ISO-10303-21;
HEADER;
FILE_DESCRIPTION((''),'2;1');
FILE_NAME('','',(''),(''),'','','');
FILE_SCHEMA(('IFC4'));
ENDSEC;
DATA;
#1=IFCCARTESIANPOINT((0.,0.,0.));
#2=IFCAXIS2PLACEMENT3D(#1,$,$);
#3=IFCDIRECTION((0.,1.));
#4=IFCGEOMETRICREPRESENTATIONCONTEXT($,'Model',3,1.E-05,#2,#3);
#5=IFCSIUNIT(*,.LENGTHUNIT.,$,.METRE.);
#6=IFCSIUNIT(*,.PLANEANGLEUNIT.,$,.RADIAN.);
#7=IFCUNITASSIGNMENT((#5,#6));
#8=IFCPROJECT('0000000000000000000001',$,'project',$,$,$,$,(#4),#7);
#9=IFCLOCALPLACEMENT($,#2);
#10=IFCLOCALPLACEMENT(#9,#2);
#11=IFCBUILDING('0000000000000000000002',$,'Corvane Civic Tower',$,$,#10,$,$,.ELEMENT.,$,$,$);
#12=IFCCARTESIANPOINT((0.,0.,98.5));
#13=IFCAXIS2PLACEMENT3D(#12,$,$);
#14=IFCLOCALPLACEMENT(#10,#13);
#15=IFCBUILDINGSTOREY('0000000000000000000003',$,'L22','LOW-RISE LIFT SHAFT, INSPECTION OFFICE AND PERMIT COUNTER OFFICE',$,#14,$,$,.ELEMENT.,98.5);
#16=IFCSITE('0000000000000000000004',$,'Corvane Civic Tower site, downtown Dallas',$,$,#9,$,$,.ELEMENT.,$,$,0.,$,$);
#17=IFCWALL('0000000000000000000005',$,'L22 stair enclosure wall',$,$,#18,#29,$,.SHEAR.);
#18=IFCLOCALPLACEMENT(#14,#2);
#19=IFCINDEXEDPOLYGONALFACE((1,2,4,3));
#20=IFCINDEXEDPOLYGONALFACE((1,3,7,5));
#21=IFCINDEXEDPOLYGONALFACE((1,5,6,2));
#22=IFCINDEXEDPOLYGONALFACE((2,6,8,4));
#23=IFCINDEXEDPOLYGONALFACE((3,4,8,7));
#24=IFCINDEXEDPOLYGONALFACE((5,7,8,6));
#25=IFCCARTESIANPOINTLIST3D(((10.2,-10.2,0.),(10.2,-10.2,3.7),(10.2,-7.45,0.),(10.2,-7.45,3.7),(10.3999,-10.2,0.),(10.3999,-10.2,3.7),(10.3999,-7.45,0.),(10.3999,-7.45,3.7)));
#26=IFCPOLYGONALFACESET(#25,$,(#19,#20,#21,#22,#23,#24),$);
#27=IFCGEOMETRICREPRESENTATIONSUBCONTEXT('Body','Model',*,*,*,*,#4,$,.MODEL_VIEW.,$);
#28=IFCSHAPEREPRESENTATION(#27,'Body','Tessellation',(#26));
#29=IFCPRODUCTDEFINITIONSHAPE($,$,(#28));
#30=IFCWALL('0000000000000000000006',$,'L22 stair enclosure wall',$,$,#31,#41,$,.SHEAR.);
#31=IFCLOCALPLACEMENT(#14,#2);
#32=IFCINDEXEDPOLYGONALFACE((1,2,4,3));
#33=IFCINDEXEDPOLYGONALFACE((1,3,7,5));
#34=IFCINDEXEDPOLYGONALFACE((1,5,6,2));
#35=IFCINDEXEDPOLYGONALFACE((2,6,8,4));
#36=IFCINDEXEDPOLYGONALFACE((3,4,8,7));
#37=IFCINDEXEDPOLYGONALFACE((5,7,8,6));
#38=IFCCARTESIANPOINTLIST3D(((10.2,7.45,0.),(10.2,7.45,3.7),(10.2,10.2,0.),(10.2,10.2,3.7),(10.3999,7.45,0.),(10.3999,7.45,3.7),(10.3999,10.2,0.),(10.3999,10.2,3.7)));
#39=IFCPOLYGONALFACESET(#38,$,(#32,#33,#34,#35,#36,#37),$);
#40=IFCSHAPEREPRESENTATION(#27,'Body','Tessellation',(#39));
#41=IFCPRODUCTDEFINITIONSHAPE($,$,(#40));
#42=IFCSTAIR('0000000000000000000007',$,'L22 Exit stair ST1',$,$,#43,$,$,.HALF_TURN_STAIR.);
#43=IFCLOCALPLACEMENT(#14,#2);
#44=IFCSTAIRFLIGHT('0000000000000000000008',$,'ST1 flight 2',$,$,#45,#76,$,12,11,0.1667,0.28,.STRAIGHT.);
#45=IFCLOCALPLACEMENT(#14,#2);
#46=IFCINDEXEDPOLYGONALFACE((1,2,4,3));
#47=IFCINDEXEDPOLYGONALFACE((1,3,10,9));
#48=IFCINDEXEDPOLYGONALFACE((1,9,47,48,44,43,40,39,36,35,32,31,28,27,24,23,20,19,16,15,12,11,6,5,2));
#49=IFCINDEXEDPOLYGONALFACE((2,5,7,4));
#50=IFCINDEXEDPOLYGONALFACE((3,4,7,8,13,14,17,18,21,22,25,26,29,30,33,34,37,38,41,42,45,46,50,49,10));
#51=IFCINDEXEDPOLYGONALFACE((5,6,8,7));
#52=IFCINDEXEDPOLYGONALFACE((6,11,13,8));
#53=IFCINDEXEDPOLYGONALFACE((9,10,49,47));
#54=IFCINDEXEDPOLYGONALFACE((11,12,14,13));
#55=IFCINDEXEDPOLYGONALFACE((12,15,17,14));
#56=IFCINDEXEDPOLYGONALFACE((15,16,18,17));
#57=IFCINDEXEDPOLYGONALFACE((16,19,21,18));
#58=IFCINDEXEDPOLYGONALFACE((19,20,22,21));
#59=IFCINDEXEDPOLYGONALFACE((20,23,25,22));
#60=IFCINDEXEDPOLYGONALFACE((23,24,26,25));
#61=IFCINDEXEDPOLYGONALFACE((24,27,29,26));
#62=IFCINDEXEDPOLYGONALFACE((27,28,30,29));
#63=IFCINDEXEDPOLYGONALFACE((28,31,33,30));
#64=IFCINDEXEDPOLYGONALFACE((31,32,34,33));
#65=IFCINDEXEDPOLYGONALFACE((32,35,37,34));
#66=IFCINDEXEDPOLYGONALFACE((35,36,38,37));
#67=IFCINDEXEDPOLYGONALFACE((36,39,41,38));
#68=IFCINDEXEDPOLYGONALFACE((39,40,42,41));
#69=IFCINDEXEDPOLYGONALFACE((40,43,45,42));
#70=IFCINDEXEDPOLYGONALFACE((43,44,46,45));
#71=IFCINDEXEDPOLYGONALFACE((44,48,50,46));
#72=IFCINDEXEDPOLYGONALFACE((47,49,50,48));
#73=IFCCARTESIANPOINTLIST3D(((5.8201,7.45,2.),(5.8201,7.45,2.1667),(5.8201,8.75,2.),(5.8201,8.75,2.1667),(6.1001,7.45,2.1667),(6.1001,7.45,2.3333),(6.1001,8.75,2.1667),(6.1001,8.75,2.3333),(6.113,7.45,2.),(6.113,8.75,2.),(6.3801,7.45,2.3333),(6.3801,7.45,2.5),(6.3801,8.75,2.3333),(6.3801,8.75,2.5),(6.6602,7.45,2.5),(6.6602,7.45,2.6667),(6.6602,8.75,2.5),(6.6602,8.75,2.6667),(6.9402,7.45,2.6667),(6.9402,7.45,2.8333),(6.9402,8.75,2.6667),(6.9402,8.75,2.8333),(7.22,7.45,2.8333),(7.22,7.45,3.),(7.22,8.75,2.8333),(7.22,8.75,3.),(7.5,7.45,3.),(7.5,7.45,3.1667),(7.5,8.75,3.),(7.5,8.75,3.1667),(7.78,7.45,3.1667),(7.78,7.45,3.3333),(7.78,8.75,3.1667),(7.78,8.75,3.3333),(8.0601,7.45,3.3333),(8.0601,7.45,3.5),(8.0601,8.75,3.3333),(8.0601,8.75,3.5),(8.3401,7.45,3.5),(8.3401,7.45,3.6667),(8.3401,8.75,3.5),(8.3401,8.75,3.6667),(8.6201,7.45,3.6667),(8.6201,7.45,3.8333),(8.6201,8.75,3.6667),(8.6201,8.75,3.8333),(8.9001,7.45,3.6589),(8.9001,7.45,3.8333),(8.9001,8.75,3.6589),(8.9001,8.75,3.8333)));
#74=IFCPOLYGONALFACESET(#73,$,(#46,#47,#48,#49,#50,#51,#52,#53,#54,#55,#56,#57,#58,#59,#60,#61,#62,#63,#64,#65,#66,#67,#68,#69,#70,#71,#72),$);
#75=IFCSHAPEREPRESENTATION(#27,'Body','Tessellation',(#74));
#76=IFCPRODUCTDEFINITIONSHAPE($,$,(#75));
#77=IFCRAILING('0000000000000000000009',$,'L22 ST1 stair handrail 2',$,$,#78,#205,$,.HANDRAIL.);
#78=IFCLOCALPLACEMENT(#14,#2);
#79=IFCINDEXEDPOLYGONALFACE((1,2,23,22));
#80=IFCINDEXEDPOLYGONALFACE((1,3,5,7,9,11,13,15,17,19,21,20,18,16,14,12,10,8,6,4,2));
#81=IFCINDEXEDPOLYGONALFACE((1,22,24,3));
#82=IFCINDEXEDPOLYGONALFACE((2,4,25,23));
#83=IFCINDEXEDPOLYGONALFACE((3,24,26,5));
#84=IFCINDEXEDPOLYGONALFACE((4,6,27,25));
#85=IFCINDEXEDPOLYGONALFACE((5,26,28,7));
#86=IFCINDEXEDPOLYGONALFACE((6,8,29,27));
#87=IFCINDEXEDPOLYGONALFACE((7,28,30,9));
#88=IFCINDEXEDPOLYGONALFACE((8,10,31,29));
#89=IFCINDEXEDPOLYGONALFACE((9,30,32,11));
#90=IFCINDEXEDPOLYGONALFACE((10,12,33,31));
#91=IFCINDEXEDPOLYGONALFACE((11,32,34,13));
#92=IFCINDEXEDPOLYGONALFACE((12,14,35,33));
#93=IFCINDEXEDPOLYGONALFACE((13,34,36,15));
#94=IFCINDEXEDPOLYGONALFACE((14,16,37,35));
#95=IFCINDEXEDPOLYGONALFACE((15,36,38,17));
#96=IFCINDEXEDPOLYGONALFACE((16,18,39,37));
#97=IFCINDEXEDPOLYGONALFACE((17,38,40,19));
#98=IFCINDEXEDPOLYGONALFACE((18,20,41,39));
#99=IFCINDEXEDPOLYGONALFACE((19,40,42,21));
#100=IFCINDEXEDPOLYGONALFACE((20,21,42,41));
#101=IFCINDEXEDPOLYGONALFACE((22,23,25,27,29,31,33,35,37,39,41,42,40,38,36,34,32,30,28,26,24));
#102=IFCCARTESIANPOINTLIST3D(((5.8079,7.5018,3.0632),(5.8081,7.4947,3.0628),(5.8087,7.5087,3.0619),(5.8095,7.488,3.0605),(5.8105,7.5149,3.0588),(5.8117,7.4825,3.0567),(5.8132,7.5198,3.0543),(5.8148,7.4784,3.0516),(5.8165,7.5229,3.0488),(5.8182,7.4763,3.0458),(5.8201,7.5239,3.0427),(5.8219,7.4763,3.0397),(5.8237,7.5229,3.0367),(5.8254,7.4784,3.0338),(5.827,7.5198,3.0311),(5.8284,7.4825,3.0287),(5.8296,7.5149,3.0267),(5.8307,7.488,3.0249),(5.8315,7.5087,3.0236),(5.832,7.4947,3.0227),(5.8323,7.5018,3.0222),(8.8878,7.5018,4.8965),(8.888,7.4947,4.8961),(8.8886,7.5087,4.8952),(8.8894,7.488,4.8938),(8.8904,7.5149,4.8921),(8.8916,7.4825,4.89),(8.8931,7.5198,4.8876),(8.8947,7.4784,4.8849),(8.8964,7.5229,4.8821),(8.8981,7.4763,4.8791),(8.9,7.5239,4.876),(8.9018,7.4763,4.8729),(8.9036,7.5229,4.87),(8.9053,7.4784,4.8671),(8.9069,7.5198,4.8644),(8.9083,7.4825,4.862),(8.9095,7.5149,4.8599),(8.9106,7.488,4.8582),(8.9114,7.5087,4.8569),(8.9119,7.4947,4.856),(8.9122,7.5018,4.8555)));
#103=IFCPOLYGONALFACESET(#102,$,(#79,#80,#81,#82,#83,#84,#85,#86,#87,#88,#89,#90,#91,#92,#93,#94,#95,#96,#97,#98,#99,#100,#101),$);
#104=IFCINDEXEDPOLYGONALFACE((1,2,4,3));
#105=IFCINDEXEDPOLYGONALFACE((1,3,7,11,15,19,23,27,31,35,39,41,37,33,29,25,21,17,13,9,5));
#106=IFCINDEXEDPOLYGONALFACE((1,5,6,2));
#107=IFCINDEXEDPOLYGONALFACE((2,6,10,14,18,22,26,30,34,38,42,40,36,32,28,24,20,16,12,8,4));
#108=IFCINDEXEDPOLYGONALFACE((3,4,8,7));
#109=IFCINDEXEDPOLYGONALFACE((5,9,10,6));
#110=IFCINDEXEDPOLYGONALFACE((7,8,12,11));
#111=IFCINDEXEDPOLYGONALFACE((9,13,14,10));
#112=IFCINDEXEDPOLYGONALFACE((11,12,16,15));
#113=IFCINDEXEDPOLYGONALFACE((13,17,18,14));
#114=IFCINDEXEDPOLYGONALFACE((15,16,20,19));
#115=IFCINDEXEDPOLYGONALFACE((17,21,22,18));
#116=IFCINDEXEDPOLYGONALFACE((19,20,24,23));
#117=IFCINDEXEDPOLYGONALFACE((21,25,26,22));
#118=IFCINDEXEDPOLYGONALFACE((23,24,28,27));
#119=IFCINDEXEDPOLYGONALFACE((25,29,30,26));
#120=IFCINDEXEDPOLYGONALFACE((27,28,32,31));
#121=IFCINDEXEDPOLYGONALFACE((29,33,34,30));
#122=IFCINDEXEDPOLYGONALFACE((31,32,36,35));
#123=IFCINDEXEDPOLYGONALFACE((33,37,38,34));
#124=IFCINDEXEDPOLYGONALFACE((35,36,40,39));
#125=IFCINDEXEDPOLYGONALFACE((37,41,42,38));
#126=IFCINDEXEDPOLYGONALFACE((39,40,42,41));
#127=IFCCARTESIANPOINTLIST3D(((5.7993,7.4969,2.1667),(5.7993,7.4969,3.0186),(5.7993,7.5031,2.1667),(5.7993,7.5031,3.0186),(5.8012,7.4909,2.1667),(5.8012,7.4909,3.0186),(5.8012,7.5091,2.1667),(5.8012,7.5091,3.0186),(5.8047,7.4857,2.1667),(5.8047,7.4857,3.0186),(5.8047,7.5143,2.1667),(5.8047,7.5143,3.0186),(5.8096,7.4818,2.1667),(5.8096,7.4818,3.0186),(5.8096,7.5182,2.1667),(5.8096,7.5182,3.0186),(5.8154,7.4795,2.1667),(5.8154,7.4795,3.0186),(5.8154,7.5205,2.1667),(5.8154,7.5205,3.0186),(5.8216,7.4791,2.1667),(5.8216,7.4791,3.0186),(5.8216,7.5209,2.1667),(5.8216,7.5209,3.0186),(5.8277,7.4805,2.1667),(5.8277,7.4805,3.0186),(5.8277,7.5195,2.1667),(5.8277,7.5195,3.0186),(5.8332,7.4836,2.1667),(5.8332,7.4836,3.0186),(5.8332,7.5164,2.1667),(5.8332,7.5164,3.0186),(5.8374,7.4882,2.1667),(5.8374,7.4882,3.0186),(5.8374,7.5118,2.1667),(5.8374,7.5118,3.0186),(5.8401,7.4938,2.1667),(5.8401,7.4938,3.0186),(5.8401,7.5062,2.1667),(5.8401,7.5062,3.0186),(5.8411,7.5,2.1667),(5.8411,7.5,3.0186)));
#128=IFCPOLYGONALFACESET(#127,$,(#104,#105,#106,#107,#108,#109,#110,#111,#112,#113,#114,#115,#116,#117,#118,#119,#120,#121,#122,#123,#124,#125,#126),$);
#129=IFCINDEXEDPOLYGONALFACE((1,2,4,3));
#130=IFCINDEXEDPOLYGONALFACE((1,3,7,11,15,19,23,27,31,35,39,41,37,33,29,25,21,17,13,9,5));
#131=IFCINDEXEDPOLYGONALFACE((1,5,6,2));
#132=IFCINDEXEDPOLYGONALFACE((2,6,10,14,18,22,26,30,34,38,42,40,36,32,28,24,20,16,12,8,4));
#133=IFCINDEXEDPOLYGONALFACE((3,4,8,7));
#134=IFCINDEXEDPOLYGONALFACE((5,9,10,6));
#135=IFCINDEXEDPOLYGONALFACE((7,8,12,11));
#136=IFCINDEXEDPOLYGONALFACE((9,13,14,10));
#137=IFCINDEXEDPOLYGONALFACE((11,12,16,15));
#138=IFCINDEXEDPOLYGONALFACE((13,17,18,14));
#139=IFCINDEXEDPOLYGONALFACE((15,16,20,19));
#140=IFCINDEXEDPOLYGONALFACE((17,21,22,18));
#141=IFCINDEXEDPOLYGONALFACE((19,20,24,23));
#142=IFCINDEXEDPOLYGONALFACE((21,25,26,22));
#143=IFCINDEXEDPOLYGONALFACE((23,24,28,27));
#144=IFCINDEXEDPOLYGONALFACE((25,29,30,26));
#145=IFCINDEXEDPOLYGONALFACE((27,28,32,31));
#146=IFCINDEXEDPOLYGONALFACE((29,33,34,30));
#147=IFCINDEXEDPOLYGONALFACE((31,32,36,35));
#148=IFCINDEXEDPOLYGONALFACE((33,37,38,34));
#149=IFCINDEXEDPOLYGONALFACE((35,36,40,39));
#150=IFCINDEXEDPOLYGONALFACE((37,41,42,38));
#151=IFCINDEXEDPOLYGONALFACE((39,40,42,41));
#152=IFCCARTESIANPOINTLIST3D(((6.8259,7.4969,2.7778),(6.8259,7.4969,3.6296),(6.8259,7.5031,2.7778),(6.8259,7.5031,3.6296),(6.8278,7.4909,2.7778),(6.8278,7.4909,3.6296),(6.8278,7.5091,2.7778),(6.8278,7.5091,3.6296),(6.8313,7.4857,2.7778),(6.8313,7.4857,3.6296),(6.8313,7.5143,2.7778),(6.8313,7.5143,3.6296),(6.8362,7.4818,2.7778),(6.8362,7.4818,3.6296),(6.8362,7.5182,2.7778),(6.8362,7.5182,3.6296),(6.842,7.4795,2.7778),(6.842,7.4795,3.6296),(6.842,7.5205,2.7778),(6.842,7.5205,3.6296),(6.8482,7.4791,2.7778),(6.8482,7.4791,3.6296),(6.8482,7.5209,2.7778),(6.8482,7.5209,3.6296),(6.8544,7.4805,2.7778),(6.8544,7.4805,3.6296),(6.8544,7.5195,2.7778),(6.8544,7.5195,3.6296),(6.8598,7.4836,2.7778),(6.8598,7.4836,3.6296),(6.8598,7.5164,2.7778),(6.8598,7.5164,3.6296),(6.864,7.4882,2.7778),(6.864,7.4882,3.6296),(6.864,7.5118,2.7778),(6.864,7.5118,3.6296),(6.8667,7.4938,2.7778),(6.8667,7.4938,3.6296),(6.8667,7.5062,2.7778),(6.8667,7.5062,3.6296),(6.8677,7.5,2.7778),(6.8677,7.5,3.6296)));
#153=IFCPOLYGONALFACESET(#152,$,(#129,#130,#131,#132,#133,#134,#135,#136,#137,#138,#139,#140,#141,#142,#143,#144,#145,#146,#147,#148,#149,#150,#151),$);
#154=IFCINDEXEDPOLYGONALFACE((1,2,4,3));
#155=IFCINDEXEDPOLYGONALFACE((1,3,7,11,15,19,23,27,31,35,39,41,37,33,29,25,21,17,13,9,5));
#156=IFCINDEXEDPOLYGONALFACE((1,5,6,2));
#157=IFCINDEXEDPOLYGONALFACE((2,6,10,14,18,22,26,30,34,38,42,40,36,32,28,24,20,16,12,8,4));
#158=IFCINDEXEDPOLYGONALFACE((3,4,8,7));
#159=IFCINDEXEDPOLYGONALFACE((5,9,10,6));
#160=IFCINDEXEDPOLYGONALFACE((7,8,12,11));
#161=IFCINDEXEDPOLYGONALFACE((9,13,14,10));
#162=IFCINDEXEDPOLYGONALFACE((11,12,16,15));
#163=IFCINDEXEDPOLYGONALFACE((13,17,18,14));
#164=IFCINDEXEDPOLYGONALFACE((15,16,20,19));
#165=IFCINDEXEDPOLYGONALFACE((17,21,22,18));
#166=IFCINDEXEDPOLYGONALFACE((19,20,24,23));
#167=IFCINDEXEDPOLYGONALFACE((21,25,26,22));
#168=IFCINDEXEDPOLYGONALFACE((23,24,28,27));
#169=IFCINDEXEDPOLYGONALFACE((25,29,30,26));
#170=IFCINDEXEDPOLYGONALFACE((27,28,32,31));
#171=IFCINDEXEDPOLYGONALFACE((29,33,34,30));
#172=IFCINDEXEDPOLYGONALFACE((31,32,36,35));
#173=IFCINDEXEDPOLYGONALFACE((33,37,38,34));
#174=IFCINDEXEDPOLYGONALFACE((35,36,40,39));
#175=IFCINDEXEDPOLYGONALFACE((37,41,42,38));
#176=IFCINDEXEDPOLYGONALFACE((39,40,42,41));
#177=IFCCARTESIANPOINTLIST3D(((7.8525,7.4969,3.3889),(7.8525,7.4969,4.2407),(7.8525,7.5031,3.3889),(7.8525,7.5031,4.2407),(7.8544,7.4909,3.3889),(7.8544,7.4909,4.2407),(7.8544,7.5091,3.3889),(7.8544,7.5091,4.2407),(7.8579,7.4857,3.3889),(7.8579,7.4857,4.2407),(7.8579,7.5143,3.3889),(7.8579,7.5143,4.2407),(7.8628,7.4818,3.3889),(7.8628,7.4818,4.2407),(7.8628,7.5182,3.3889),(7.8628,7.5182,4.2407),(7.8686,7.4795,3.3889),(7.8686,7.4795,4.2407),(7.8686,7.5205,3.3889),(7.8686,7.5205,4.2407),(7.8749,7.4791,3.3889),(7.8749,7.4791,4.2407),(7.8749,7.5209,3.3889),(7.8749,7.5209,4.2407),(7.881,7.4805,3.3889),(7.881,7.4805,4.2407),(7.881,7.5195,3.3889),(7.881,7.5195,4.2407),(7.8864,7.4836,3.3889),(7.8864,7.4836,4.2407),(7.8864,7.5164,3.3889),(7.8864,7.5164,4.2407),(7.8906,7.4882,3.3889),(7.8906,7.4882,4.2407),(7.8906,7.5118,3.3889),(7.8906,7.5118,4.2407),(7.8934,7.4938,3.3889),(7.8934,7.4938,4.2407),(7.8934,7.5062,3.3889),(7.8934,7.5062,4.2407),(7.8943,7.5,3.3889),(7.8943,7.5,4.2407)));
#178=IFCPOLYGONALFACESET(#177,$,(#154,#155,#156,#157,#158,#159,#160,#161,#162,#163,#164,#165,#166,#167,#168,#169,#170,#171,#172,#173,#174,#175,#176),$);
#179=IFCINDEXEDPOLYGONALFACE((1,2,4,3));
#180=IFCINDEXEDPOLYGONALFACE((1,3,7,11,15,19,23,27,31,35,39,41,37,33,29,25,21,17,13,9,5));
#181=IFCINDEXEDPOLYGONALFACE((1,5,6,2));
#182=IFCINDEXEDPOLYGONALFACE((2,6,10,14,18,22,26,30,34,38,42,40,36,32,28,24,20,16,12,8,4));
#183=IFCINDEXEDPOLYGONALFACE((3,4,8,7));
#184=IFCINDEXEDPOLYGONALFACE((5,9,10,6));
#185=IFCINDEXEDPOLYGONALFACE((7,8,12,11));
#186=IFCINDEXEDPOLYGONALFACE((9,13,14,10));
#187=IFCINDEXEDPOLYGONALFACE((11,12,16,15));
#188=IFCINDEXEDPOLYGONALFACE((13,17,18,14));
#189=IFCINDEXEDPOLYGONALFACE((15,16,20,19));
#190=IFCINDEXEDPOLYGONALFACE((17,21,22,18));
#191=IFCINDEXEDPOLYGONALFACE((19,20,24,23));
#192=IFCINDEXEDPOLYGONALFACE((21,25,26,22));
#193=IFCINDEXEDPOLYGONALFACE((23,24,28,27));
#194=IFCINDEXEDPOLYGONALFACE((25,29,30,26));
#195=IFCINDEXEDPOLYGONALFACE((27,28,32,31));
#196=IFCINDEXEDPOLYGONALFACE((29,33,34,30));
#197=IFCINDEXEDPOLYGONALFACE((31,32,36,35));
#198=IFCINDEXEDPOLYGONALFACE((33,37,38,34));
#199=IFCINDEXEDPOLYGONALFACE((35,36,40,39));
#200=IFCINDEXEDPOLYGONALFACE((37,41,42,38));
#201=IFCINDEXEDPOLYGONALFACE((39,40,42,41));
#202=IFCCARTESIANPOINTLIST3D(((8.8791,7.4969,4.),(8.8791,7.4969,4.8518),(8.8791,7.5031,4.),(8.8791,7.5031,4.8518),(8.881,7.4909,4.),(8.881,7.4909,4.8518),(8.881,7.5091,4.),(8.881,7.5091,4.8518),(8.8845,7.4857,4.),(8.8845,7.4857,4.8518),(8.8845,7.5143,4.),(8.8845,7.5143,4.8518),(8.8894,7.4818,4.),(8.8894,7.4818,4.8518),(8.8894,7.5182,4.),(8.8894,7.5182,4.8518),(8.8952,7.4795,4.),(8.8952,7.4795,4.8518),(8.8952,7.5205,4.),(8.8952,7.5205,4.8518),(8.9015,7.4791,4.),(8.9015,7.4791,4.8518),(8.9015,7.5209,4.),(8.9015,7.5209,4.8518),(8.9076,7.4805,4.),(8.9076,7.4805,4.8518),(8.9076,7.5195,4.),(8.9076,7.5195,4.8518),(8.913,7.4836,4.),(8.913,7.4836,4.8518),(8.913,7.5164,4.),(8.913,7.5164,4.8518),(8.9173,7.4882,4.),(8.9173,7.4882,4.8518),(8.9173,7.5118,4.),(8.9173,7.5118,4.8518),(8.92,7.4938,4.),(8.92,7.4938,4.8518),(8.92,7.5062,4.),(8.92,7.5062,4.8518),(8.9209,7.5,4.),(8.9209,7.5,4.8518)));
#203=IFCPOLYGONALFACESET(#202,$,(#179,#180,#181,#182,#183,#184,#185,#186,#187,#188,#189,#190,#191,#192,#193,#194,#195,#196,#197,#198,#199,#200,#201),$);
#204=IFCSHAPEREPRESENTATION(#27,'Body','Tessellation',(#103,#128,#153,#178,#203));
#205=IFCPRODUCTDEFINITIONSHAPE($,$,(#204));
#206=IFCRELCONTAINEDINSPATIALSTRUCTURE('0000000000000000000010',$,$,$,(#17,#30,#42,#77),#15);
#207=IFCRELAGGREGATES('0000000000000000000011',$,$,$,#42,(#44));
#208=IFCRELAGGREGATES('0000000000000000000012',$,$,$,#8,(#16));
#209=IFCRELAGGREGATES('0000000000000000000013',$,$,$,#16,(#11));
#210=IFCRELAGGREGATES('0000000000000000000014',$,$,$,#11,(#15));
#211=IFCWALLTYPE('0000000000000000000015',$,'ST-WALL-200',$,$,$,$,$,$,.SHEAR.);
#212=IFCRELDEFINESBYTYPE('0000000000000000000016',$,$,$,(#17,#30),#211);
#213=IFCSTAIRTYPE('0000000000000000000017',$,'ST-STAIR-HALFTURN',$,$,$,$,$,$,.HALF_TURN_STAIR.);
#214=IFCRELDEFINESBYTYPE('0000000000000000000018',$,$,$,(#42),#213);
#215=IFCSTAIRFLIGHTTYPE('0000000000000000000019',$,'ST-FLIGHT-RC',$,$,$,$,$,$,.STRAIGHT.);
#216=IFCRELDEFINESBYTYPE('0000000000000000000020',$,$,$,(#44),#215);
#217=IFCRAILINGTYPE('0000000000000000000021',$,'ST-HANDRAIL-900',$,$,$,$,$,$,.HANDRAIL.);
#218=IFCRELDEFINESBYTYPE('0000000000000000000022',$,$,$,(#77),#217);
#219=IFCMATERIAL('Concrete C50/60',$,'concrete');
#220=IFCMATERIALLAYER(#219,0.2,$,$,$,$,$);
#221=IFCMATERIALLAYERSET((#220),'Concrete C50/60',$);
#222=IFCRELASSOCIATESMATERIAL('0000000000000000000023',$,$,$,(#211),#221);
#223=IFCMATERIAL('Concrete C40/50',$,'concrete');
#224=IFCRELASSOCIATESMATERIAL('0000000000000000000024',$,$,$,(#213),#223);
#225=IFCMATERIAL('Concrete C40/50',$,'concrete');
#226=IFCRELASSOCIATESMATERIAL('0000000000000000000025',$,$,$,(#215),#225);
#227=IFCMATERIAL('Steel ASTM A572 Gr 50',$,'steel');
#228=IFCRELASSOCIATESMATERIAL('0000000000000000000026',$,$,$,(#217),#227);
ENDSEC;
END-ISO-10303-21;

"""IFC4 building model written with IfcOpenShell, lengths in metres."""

from ifc_helpers import new_model, si_unit, direction, frame, origin, origin_2d, place, context, subcontext, project, spatial, polyline, circle, outline, extrude, material, layer, layer_set, type_object, element, aggregate, save


model = new_model("IFC4")

# Units and contexts
model_context = context("Model", 3, precision=1e-05, world=origin(), true_north=direction((0.0, 1.0)))
body_context = subcontext(model_context, "Body", "Model", "MODEL_VIEW")
ifc_project = project(units=[si_unit("LENGTHUNIT", "METRE"), si_unit("PLANEANGLEUNIT", "RADIAN")], contexts=[model_context])

# Site, building, storey
site_placement = place(None, origin())
site = spatial("IfcSite", under=ifc_project, at=site_placement, Name="Corvane Civic Tower site, downtown Dallas", CompositionType="ELEMENT", RefElevation=0.0)
building_placement = place(site_placement, origin())
building = spatial("IfcBuilding", under=site, at=building_placement, Name="Corvane Civic Tower", CompositionType="ELEMENT")
storey_placement = place(building_placement, frame((0.0, 0.0, 98.5)))
storey = spatial("IfcBuildingStorey", under=building, at=storey_placement, Name="L22", Description="LOW-RISE LIFT SHAFT, INSPECTION OFFICE AND PERMIT COUNTER OFFICE", CompositionType="ELEMENT", Elevation=98.5)

# Shared definitions
ifc_material_1 = material(Name="Concrete C50/60", Category="concrete")
ifc_layer_1 = layer(ifc_material_1, 0.2)
ifc_layer_set_1 = layer_set([ifc_layer_1], Name="Concrete C50/60")
wall_type_1 = type_object("IfcWallType", Name="ST-WALL-200", PredefinedType="SHEAR", material=ifc_layer_set_1)

# Walls
wall_1_placement = place(storey_placement, origin())
element("IfcWall", 1, at=wall_1_placement, inside=storey, type_object=wall_type_1, Name="L22 stair enclosure wall", PredefinedType="SHEAR", context=body_context, shape_type="SweptSolid", body=[
    extrude(outline(polyline([(10.3999, -7.45), (10.3999, -10.2), (10.2, -10.2), (10.2, -7.45), (10.3999, -7.45)])), origin(), (0.0, 0.0, 1.0), 3.7),
])
wall_2_placement = place(storey_placement, origin())
element("IfcWall", 2, at=wall_2_placement, inside=storey, type_object=wall_type_1, Name="L22 stair enclosure wall", PredefinedType="SHEAR", context=body_context, shape_type="SweptSolid", body=[
    extrude(outline(polyline([(10.3999, 7.45), (10.2, 7.45), (10.2, 10.2), (10.3999, 10.2), (10.3999, 7.45)])), origin(), (0.0, 0.0, 1.0), 3.7),
])

# Stair, stair flight
ifc_material_2 = material(Name="Concrete C40/50", Category="concrete")
stair_type = type_object("IfcStairType", Name="ST-STAIR-HALFTURN", PredefinedType="HALF_TURN_STAIR", material=ifc_material_2)
stair_placement = place(storey_placement, origin())
stair = element("IfcStair", 3, at=stair_placement, inside=storey, type_object=stair_type, Name="L22 Exit stair ST1", PredefinedType="HALF_TURN_STAIR")
ifc_material_3 = material(Name="Concrete C40/50", Category="concrete")
stair_flight_type = type_object("IfcStairFlightType", Name="ST-FLIGHT-RC", PredefinedType="STRAIGHT", material=ifc_material_3)
stair_flight_placement = place(storey_placement, frame((5.8201, 8.1001, 2.0), z_axis=(0.0, 0.0, 1.0), x_axis=(1.0, 0.0, 0.0)))
stair_flight = element("IfcStairFlight", 4, at=stair_flight_placement, type_object=stair_flight_type, Name="ST1 flight 2", NumberOfRisers=12, NumberOfTreads=11, PredefinedType="STRAIGHT", RiserHeight=0.1667, TreadLength=0.28, context=body_context, shape_type="SweptSolid", body=[
    extrude(outline(polyline([(0.0, 0.0), (0.0, 0.1667), (0.28, 0.1667), (0.28, 0.3333), (0.5601, 0.3333), (0.5601, 0.5), (0.8401, 0.5), (0.8401, 0.6667), (1.1201, 0.6667), (1.1201, 0.8333), (1.3999, 0.8333), (1.3999, 1.0), (1.6799, 1.0), (1.6799, 1.1667), (1.96, 1.1667), (1.96, 1.3333), (2.24, 1.3333), (2.24, 1.5), (2.52, 1.5), (2.52, 1.6667), (2.8, 1.6667), (2.8, 1.8333), (3.0801, 1.8333), (3.0801, 2.0), (3.0801, 1.6589), (0.293, 0.0), (0.0, 0.0)])), frame((0.0, 0.6499, 0.0), z_axis=(0.0, -1.0, 0.0), x_axis=(1.0, 0.0, 0.0)), (0.0, 0.0, 1.0), 1.3),
])
aggregate(stair, [stair_flight])

# Railing
ifc_material_4 = material(Name="Steel ASTM A572 Gr 50", Category="steel")
railing_type = type_object("IfcRailingType", Name="ST-HANDRAIL-900", PredefinedType="HANDRAIL", material=ifc_material_4)
railing_placement = place(storey_placement, frame((5.8201, 7.5, 2.1667)))
element("IfcRailing", 5, at=railing_placement, inside=storey, type_object=railing_type, Name="L22 ST1 stair handrail 2", PredefinedType="HANDRAIL", context=body_context, shape_type="SweptSolid", body=[
    extrude(circle(Radius=0.0239, at=origin_2d()), frame((0.0, 0.0, 0.876), z_axis=(0.859291, 0.0, 0.511487), x_axis=(0.0, 1.0, 0.0)), (0.0, 0.0, 1.0), 3.5842),
    extrude(circle(Radius=0.021, at=origin_2d()), origin(), (0.0, 0.0, 1.0), 0.8518),
    extrude(circle(Radius=0.021, at=origin_2d()), frame((1.0266, 0.0, 0.6111)), (0.0, 0.0, 1.0), 0.8518),
    extrude(circle(Radius=0.021, at=origin_2d()), frame((2.0532, 0.0, 1.2222)), (0.0, 0.0, 1.0), 0.8518),
    extrude(circle(Radius=0.021, at=origin_2d()), frame((3.0798, 0.0, 1.8333)), (0.0, 0.0, 1.0), 0.8518),
])

save(model, "model.ifc")
